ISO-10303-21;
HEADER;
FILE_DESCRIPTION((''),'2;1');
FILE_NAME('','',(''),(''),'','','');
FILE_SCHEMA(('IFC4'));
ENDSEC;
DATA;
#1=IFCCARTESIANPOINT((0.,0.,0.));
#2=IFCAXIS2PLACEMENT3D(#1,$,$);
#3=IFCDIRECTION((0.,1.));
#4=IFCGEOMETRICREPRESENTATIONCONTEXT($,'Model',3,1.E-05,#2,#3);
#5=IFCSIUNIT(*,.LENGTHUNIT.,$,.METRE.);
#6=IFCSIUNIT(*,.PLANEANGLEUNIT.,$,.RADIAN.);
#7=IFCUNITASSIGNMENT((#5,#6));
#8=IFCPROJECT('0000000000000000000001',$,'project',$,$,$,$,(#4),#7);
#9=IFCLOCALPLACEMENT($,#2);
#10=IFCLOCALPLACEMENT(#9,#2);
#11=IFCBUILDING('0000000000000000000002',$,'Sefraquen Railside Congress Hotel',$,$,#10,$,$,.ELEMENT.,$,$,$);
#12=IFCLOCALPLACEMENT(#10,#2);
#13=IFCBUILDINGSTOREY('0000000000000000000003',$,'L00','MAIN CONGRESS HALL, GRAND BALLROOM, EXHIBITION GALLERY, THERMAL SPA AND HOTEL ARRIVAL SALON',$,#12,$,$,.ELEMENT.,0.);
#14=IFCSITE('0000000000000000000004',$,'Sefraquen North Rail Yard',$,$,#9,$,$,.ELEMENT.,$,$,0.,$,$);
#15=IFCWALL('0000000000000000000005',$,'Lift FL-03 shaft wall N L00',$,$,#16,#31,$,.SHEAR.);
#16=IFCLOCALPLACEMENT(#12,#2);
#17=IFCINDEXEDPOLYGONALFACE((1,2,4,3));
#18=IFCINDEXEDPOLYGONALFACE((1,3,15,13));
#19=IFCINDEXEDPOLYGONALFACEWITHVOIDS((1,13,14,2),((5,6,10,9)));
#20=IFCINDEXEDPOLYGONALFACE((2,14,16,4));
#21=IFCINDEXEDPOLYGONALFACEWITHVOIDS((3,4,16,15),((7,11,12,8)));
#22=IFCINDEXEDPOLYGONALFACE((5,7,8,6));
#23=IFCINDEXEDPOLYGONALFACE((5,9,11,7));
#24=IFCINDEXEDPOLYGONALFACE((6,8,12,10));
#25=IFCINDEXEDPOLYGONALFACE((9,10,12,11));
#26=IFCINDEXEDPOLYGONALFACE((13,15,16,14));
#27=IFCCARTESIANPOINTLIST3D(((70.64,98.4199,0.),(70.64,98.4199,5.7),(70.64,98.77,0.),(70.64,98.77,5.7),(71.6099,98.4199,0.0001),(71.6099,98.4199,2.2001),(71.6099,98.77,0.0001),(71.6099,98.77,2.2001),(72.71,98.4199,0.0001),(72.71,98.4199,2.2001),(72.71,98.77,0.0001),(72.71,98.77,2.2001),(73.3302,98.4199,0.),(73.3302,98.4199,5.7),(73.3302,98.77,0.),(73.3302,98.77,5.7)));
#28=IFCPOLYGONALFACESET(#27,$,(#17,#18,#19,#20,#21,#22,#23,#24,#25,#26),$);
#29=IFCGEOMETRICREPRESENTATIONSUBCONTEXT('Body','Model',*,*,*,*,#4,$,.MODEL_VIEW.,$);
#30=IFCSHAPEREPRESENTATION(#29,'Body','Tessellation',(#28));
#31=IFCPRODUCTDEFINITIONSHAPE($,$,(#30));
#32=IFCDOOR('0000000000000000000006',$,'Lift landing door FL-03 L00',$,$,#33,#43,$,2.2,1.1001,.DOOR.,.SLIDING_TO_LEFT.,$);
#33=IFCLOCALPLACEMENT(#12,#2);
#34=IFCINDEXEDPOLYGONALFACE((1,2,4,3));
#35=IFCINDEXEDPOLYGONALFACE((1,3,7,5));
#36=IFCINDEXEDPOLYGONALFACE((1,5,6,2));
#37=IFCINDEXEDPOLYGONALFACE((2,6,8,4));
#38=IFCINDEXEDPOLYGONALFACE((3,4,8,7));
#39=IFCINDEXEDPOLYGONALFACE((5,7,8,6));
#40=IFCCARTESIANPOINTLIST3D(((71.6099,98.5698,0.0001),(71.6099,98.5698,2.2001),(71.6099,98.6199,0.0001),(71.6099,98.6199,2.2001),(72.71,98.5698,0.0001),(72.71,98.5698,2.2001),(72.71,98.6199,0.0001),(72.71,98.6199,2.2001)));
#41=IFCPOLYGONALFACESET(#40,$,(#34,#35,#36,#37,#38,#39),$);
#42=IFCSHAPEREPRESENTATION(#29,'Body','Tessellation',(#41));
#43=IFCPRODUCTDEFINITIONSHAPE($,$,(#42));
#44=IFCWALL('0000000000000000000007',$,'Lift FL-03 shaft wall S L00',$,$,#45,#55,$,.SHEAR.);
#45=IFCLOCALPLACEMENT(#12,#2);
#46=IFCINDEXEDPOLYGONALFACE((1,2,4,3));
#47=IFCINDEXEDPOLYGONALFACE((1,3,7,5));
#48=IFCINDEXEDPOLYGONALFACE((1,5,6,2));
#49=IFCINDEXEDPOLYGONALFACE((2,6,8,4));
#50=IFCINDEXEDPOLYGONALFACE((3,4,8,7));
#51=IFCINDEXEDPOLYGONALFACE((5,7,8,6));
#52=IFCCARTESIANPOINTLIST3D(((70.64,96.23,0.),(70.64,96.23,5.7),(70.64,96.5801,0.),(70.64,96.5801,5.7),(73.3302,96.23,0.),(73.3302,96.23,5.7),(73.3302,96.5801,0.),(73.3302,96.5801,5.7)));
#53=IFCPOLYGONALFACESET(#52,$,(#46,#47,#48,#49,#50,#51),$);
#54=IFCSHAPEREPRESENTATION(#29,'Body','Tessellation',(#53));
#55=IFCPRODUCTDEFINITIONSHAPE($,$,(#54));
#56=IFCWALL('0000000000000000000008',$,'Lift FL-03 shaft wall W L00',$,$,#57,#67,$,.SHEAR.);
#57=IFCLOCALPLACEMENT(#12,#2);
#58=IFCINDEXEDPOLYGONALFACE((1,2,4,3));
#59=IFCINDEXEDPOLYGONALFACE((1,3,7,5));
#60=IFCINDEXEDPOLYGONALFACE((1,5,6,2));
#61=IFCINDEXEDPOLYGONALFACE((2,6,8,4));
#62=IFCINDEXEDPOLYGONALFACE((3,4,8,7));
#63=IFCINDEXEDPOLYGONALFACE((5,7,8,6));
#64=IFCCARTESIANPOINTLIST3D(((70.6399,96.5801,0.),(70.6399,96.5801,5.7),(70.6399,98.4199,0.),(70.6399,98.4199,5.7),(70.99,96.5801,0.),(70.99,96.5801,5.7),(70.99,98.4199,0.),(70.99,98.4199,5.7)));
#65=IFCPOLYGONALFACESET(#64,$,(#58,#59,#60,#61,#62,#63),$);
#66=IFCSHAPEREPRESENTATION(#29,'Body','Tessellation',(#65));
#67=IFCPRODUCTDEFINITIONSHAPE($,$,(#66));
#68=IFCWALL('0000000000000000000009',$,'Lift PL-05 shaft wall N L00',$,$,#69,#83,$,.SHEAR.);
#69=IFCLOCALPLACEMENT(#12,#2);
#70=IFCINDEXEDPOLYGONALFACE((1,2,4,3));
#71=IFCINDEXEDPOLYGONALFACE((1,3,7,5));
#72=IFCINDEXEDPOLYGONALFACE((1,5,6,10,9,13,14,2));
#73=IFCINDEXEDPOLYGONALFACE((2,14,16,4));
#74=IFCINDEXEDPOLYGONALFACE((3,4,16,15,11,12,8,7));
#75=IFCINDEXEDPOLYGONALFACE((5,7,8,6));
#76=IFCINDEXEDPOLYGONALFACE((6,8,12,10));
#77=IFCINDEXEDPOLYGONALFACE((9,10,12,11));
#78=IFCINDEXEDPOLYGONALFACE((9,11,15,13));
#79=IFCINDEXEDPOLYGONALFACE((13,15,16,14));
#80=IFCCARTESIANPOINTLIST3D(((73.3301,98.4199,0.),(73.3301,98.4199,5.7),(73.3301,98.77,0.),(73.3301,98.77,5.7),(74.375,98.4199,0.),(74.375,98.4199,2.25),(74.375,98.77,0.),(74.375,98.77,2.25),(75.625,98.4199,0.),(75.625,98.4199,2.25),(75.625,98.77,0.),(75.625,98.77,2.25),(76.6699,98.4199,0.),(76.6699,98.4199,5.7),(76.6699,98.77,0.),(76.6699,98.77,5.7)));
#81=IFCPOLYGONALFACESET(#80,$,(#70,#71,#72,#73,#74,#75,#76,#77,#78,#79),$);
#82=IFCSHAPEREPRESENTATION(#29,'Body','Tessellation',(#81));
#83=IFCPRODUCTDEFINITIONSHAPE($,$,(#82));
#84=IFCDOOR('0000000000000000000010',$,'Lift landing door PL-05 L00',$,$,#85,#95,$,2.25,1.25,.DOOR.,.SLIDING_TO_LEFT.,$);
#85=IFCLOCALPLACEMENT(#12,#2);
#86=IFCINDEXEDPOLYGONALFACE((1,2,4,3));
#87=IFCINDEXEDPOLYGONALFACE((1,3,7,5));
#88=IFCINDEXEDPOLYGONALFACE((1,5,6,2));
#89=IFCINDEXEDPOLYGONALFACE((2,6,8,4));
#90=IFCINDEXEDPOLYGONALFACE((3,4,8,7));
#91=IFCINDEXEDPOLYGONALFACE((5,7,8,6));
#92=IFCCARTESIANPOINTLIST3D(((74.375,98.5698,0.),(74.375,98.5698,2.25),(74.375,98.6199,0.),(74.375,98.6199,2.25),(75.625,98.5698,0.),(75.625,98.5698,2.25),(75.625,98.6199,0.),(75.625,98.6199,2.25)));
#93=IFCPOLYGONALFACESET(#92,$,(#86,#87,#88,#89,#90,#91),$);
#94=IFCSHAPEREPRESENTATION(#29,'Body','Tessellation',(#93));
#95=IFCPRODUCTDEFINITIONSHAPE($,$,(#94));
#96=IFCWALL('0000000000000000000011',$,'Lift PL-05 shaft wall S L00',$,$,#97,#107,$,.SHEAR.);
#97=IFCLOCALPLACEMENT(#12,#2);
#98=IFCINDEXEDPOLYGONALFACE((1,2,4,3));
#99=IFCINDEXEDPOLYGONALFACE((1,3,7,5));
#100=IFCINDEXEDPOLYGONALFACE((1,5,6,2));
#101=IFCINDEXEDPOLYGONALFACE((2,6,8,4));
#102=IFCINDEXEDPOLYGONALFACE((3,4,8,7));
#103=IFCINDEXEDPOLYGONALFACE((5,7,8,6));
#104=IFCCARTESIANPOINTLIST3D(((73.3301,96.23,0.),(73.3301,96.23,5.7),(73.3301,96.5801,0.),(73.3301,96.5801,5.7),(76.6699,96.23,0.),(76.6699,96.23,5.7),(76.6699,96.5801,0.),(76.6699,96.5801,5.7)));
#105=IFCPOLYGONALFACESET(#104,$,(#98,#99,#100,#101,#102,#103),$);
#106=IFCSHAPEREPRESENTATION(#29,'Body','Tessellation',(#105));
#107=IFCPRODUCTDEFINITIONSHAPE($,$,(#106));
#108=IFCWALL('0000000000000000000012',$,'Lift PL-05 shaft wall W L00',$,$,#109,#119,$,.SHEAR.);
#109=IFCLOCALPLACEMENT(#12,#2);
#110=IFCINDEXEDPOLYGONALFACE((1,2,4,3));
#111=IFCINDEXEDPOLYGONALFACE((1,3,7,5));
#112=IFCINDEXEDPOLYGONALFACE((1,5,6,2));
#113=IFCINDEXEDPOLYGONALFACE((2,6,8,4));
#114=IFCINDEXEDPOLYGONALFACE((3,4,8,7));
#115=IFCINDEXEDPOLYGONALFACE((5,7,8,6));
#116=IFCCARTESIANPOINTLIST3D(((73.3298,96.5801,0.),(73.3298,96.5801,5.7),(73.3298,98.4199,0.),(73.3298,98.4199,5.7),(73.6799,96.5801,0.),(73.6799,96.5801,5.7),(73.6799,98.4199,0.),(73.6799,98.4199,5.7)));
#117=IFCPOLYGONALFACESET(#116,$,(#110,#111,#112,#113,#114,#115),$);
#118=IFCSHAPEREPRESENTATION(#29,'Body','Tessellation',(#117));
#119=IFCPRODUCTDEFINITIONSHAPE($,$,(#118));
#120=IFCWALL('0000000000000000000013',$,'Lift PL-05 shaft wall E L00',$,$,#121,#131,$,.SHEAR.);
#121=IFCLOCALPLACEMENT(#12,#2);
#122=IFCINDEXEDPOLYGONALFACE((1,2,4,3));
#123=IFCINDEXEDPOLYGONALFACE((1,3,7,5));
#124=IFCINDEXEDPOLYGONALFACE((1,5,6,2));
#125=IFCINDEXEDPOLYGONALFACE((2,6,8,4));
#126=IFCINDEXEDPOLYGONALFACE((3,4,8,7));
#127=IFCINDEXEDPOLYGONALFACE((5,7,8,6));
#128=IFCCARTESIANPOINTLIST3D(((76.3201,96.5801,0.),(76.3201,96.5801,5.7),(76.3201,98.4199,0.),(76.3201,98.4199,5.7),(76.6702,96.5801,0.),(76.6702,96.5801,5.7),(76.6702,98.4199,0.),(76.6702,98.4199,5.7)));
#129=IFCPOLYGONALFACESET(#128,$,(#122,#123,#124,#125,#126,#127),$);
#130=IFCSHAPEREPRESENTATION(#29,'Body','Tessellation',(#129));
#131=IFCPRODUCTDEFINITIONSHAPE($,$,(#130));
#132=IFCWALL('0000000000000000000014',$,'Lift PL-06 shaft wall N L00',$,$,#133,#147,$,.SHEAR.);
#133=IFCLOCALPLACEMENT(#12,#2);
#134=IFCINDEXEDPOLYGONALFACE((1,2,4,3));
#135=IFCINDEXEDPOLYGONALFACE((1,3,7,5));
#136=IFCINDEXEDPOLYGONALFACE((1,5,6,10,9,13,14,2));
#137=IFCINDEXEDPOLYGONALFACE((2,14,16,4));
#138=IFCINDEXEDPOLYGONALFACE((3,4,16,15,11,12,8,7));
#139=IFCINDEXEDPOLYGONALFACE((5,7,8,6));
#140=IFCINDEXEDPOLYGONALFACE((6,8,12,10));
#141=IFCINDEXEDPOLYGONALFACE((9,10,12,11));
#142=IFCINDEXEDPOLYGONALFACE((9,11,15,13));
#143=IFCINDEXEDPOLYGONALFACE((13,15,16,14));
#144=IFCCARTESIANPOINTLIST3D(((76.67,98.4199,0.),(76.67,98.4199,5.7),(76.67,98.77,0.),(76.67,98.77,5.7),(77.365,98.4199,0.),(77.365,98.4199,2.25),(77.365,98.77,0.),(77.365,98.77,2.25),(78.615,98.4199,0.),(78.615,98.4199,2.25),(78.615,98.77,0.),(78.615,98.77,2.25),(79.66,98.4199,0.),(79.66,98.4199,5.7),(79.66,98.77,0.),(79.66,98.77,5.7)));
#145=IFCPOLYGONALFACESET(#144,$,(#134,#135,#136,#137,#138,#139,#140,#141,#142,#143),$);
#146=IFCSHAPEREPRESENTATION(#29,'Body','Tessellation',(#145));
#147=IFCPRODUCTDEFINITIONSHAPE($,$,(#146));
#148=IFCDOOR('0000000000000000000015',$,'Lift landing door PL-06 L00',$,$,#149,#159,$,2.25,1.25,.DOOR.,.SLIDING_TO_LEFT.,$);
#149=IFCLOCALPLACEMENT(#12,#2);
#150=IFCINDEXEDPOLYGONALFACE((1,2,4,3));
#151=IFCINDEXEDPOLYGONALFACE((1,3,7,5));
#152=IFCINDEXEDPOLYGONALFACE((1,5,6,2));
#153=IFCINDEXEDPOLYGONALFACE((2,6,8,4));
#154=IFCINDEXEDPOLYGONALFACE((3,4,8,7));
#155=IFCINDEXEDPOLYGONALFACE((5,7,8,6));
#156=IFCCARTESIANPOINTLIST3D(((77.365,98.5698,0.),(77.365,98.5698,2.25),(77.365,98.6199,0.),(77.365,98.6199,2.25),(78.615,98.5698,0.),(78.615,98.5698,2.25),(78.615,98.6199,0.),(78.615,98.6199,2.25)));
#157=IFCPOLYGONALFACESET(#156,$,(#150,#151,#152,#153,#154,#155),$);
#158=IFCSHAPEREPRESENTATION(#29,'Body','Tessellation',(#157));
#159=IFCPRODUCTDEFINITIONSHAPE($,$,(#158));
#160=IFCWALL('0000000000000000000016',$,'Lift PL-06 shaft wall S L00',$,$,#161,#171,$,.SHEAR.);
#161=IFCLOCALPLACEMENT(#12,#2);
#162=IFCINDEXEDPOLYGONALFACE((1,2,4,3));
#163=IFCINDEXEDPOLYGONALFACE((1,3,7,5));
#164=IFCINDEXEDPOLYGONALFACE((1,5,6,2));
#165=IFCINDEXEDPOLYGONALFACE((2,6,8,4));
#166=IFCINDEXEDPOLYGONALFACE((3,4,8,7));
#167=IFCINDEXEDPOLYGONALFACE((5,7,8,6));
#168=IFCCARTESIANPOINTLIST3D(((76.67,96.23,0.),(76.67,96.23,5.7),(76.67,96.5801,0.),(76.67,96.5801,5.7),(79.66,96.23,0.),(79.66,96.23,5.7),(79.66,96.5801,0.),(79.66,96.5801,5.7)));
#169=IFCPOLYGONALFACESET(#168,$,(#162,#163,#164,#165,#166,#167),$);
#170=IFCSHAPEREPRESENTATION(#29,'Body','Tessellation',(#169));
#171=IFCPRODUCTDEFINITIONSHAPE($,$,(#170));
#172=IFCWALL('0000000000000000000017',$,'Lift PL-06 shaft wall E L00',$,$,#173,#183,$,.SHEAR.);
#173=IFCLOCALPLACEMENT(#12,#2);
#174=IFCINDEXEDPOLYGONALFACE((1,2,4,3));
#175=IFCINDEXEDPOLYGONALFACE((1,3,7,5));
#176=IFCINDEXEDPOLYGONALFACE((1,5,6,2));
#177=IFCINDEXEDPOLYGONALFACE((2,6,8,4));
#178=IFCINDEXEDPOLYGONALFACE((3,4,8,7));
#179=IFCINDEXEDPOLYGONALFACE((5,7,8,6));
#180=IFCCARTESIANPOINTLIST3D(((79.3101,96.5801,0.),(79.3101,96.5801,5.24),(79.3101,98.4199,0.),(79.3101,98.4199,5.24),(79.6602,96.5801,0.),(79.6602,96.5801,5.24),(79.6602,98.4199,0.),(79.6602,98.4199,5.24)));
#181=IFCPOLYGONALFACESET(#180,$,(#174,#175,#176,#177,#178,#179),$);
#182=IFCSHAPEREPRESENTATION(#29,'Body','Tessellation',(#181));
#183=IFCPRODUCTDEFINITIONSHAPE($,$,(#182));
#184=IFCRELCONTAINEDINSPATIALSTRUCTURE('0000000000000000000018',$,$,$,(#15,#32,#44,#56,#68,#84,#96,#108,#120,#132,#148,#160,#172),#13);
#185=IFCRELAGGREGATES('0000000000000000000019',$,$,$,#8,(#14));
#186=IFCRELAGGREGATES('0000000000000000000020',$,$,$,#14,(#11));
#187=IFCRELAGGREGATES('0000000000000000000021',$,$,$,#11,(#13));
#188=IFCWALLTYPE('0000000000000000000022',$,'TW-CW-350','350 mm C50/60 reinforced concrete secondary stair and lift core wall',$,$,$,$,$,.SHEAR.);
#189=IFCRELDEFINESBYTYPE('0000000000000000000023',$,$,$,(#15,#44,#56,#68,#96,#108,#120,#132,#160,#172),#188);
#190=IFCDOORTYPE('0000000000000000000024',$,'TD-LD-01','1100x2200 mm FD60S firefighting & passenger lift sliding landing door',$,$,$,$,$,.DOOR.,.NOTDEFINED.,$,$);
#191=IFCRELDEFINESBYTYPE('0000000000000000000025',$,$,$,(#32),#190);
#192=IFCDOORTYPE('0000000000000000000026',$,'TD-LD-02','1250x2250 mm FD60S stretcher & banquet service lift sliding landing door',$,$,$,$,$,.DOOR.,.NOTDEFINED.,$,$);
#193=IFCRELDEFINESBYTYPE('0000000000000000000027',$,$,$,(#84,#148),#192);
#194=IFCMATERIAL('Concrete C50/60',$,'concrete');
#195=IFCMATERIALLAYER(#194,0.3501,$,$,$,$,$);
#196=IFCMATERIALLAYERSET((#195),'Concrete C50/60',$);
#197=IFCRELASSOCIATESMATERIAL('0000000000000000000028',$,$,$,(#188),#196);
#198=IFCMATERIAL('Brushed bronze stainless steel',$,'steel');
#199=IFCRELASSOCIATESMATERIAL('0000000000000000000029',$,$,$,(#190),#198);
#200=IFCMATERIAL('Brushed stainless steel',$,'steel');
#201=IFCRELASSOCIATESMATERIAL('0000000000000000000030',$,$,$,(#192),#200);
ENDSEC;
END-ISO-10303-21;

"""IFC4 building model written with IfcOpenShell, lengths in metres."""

from ifc_helpers import new_model, si_unit, direction, frame, frame_2d, origin, place, context, subcontext, project, spatial, rectangle, extrude, material, layer, layer_set, type_object, element, fill, save


model = new_model("IFC4")

# Units and contexts
model_context = context("Model", 3, precision=1e-05, world=origin(), true_north=direction((0.0, 1.0)))
body_context = subcontext(model_context, "Body", "Model", "MODEL_VIEW")
ifc_project = project(units=[si_unit("LENGTHUNIT", "METRE"), si_unit("PLANEANGLEUNIT", "RADIAN")], contexts=[model_context])

# Site, building, storey
site_placement = place(None, origin())
site = spatial("IfcSite", under=ifc_project, at=site_placement, Name="Sefraquen North Rail Yard", CompositionType="ELEMENT", RefElevation=0.0)
building_placement = place(site_placement, origin())
building = spatial("IfcBuilding", under=site, at=building_placement, Name="Sefraquen Railside Congress Hotel", CompositionType="ELEMENT")
storey_placement = place(building_placement, origin())
storey = spatial("IfcBuildingStorey", under=building, at=storey_placement, Name="L00", Description="MAIN CONGRESS HALL, GRAND BALLROOM, EXHIBITION GALLERY, THERMAL SPA AND HOTEL ARRIVAL SALON", CompositionType="ELEMENT", Elevation=0.0)

# Wall, opening, door
ifc_material_1 = material(Name="Concrete C50/60", Category="concrete")
ifc_layer_1 = layer(ifc_material_1, 0.3501)
ifc_layer_set_1 = layer_set([ifc_layer_1], Name="Concrete C50/60")
wall_type_1 = type_object("IfcWallType", Name="TW-CW-350", Description="350 mm C50/60 reinforced concrete secondary stair and lift core wall", PredefinedType="SHEAR", material=ifc_layer_set_1)
wall_1_placement = place(storey_placement, frame((70.6399, 98.595, 0.0), z_axis=(0.0, 0.0, 1.0), x_axis=(1.0, 0.0, 0.0)))
wall_1 = element("IfcWall", 1, at=wall_1_placement, inside=storey, type_object=wall_type_1, Name="Lift FL-03 shaft wall N L00", PredefinedType="SHEAR", context=body_context, shape_type="SweptSolid", body=[
    extrude(rectangle(XDim=2.6902, YDim=0.3501, at=frame_2d((1.3452, 0.0))), origin(), (0.0, 0.0, 1.0), 5.7),
])
opening_1_placement = place(wall_1_placement, frame((0.97, 0.0, 0.0)))
opening_1 = element("IfcOpeningElement", 2, at=opening_1_placement, cuts=wall_1, PredefinedType="OPENING", context=body_context, shape_type="SweptSolid", body=[
    extrude(rectangle(XDim=1.1001, YDim=2.2, at=frame_2d((0.55, 1.1001))), frame((0.0, 0.1851, 0.0), z_axis=(0.0, -1.0, 0.0), x_axis=(1.0, 0.0, 0.0)), (0.0, 0.0, 1.0), 0.3701),
])
ifc_material_2 = material(Name="Brushed bronze stainless steel", Category="steel")
door_type_1 = type_object("IfcDoorType", Name="TD-LD-01", Description="1100x2200 mm FD60S firefighting & passenger lift sliding landing door", OperationType="NOTDEFINED", PredefinedType="DOOR", material=ifc_material_2)
door_1_placement = place(opening_1_placement, origin())
door_1 = element("IfcDoor", 3, at=door_1_placement, inside=storey, type_object=door_type_1, Name="Lift landing door FL-03 L00", OperationType="SLIDING_TO_LEFT", OverallHeight=2.2, OverallWidth=1.1001, PredefinedType="DOOR", context=body_context, shape_type="SweptSolid", body=[
    extrude(rectangle(XDim=1.1001, YDim=2.2, at=frame_2d((0.55, 1.1001))), frame((0.0, 0.0249, 0.0), z_axis=(0.0, -1.0, 0.0), x_axis=(1.0, 0.0, 0.0)), (0.0, 0.0, 1.0), 0.05),
])
fill(opening_1, door_1)

# Walls
wall_2_placement = place(storey_placement, frame((70.6399, 96.405, 0.0), z_axis=(0.0, 0.0, 1.0), x_axis=(1.0, 0.0, 0.0)))
element("IfcWall", 4, at=wall_2_placement, inside=storey, type_object=wall_type_1, Name="Lift FL-03 shaft wall S L00", PredefinedType="SHEAR", context=body_context, shape_type="SweptSolid", body=[
    extrude(rectangle(XDim=2.6902, YDim=0.3501, at=frame_2d((1.3452, 0.0))), origin(), (0.0, 0.0, 1.0), 5.7),
])
wall_3_placement = place(storey_placement, frame((70.8149, 96.5801, 0.0), z_axis=(0.0, 0.0, 1.0), x_axis=(0.0, 1.0, 0.0)))
element("IfcWall", 5, at=wall_3_placement, inside=storey, type_object=wall_type_1, Name="Lift FL-03 shaft wall W L00", PredefinedType="SHEAR", context=body_context, shape_type="SweptSolid", body=[
    extrude(rectangle(XDim=1.8398, YDim=0.3501, at=frame_2d((0.9199, 0.0))), origin(), (0.0, 0.0, 1.0), 5.7),
])

# Wall, opening, door
wall_4_placement = place(storey_placement, frame((73.3301, 98.595, 0.0), z_axis=(0.0, 0.0, 1.0), x_axis=(1.0, 0.0, 0.0)))
wall_4 = element("IfcWall", 6, at=wall_4_placement, inside=storey, type_object=wall_type_1, Name="Lift PL-05 shaft wall N L00", PredefinedType="SHEAR", context=body_context, shape_type="SweptSolid", body=[
    extrude(rectangle(XDim=3.3398, YDim=0.3501, at=frame_2d((1.6699, 0.0))), origin(), (0.0, 0.0, 1.0), 5.7),
])
opening_2_placement = place(wall_4_placement, frame((1.0449, 0.0, 0.0)))
opening_2 = element("IfcOpeningElement", 7, at=opening_2_placement, cuts=wall_4, PredefinedType="OPENING", context=body_context, shape_type="SweptSolid", body=[
    extrude(rectangle(XDim=1.25, YDim=2.25, at=frame_2d((0.625, 1.125))), frame((0.0, 0.1851, 0.0), z_axis=(0.0, -1.0, 0.0), x_axis=(1.0, 0.0, 0.0)), (0.0, 0.0, 1.0), 0.3701),
])
ifc_material_3 = material(Name="Brushed stainless steel", Category="steel")
door_type_2 = type_object("IfcDoorType", Name="TD-LD-02", Description="1250x2250 mm FD60S stretcher & banquet service lift sliding landing door", OperationType="NOTDEFINED", PredefinedType="DOOR", material=ifc_material_3)
door_2_placement = place(opening_2_placement, origin())
door_2 = element("IfcDoor", 8, at=door_2_placement, inside=storey, type_object=door_type_2, Name="Lift landing door PL-05 L00", OperationType="SLIDING_TO_LEFT", OverallHeight=2.25, OverallWidth=1.25, PredefinedType="DOOR", context=body_context, shape_type="SweptSolid", body=[
    extrude(rectangle(XDim=1.25, YDim=2.25, at=frame_2d((0.625, 1.125))), frame((0.0, 0.0249, 0.0), z_axis=(0.0, -1.0, 0.0), x_axis=(1.0, 0.0, 0.0)), (0.0, 0.0, 1.0), 0.05),
])
fill(opening_2, door_2)

# Walls
wall_5_placement = place(storey_placement, frame((73.3301, 96.405, 0.0), z_axis=(0.0, 0.0, 1.0), x_axis=(1.0, 0.0, 0.0)))
element("IfcWall", 9, at=wall_5_placement, inside=storey, type_object=wall_type_1, Name="Lift PL-05 shaft wall S L00", PredefinedType="SHEAR", context=body_context, shape_type="SweptSolid", body=[
    extrude(rectangle(XDim=3.3398, YDim=0.3501, at=frame_2d((1.6699, 0.0))), origin(), (0.0, 0.0, 1.0), 5.7),
])
for number, where, z_axis, x_axis, name in (
    (10, (73.5049, 96.5801, 0.0), (0.0, 0.0, 1.0), (0.0, 1.0, 0.0), "Lift PL-05 shaft wall W L00"),
    (11, (76.4951, 96.5801, 0.0), (0.0, 0.0, 1.0), (0.0, 1.0, 0.0), "Lift PL-05 shaft wall E L00"),
):
    element("IfcWall", number, at=place(storey_placement, frame(where, z_axis=z_axis, x_axis=x_axis)), inside=storey, type_object=wall_type_1, Name=name, PredefinedType="SHEAR", context=body_context, shape_type="SweptSolid", body=[
        extrude(rectangle(XDim=1.8398, YDim=0.3501, at=frame_2d((0.9199, 0.0))), origin(), (0.0, 0.0, 1.0), 5.7),
    ])

# Wall, opening, door
wall_6_placement = place(storey_placement, frame((76.6699, 98.595, 0.0), z_axis=(0.0, 0.0, 1.0), x_axis=(1.0, 0.0, 0.0)))
wall_6 = element("IfcWall", 12, at=wall_6_placement, inside=storey, type_object=wall_type_1, Name="Lift PL-06 shaft wall N L00", PredefinedType="SHEAR", context=body_context, shape_type="SweptSolid", body=[
    extrude(rectangle(XDim=2.99, YDim=0.3501, at=frame_2d((1.4951, 0.0))), origin(), (0.0, 0.0, 1.0), 5.7),
])
opening_3_placement = place(wall_6_placement, frame((0.6951, 0.0, 0.0)))
opening_3 = element("IfcOpeningElement", 13, at=opening_3_placement, cuts=wall_6, PredefinedType="OPENING", context=body_context, shape_type="SweptSolid", body=[
    extrude(rectangle(XDim=1.25, YDim=2.25, at=frame_2d((0.625, 1.125))), frame((0.0, 0.1851, 0.0), z_axis=(0.0, -1.0, 0.0), x_axis=(1.0, 0.0, 0.0)), (0.0, 0.0, 1.0), 0.3701),
])
door_3_placement = place(opening_3_placement, origin())
door_3 = element("IfcDoor", 14, at=door_3_placement, inside=storey, type_object=door_type_2, Name="Lift landing door PL-06 L00", OperationType="SLIDING_TO_LEFT", OverallHeight=2.25, OverallWidth=1.25, PredefinedType="DOOR", context=body_context, shape_type="SweptSolid", body=[
    extrude(rectangle(XDim=1.25, YDim=2.25, at=frame_2d((0.625, 1.125))), frame((0.0, 0.0249, 0.0), z_axis=(0.0, -1.0, 0.0), x_axis=(1.0, 0.0, 0.0)), (0.0, 0.0, 1.0), 0.05),
])
fill(opening_3, door_3)

# Walls
wall_7_placement = place(storey_placement, frame((76.6699, 96.405, 0.0), z_axis=(0.0, 0.0, 1.0), x_axis=(1.0, 0.0, 0.0)))
element("IfcWall", 15, at=wall_7_placement, inside=storey, type_object=wall_type_1, Name="Lift PL-06 shaft wall S L00", PredefinedType="SHEAR", context=body_context, shape_type="SweptSolid", body=[
    extrude(rectangle(XDim=2.99, YDim=0.3501, at=frame_2d((1.4951, 0.0))), origin(), (0.0, 0.0, 1.0), 5.7),
])
wall_8_placement = place(storey_placement, frame((79.4851, 96.5801, 0.0), z_axis=(0.0, 0.0, 1.0), x_axis=(0.0, 1.0, 0.0)))
element("IfcWall", 16, at=wall_8_placement, inside=storey, type_object=wall_type_1, Name="Lift PL-06 shaft wall E L00", PredefinedType="SHEAR", context=body_context, shape_type="SweptSolid", body=[
    extrude(rectangle(XDim=1.8398, YDim=0.3501, at=frame_2d((0.9199, 0.0))), origin(), (0.0, 0.0, 1.0), 5.24),
])

save(model, "model.ifc")
